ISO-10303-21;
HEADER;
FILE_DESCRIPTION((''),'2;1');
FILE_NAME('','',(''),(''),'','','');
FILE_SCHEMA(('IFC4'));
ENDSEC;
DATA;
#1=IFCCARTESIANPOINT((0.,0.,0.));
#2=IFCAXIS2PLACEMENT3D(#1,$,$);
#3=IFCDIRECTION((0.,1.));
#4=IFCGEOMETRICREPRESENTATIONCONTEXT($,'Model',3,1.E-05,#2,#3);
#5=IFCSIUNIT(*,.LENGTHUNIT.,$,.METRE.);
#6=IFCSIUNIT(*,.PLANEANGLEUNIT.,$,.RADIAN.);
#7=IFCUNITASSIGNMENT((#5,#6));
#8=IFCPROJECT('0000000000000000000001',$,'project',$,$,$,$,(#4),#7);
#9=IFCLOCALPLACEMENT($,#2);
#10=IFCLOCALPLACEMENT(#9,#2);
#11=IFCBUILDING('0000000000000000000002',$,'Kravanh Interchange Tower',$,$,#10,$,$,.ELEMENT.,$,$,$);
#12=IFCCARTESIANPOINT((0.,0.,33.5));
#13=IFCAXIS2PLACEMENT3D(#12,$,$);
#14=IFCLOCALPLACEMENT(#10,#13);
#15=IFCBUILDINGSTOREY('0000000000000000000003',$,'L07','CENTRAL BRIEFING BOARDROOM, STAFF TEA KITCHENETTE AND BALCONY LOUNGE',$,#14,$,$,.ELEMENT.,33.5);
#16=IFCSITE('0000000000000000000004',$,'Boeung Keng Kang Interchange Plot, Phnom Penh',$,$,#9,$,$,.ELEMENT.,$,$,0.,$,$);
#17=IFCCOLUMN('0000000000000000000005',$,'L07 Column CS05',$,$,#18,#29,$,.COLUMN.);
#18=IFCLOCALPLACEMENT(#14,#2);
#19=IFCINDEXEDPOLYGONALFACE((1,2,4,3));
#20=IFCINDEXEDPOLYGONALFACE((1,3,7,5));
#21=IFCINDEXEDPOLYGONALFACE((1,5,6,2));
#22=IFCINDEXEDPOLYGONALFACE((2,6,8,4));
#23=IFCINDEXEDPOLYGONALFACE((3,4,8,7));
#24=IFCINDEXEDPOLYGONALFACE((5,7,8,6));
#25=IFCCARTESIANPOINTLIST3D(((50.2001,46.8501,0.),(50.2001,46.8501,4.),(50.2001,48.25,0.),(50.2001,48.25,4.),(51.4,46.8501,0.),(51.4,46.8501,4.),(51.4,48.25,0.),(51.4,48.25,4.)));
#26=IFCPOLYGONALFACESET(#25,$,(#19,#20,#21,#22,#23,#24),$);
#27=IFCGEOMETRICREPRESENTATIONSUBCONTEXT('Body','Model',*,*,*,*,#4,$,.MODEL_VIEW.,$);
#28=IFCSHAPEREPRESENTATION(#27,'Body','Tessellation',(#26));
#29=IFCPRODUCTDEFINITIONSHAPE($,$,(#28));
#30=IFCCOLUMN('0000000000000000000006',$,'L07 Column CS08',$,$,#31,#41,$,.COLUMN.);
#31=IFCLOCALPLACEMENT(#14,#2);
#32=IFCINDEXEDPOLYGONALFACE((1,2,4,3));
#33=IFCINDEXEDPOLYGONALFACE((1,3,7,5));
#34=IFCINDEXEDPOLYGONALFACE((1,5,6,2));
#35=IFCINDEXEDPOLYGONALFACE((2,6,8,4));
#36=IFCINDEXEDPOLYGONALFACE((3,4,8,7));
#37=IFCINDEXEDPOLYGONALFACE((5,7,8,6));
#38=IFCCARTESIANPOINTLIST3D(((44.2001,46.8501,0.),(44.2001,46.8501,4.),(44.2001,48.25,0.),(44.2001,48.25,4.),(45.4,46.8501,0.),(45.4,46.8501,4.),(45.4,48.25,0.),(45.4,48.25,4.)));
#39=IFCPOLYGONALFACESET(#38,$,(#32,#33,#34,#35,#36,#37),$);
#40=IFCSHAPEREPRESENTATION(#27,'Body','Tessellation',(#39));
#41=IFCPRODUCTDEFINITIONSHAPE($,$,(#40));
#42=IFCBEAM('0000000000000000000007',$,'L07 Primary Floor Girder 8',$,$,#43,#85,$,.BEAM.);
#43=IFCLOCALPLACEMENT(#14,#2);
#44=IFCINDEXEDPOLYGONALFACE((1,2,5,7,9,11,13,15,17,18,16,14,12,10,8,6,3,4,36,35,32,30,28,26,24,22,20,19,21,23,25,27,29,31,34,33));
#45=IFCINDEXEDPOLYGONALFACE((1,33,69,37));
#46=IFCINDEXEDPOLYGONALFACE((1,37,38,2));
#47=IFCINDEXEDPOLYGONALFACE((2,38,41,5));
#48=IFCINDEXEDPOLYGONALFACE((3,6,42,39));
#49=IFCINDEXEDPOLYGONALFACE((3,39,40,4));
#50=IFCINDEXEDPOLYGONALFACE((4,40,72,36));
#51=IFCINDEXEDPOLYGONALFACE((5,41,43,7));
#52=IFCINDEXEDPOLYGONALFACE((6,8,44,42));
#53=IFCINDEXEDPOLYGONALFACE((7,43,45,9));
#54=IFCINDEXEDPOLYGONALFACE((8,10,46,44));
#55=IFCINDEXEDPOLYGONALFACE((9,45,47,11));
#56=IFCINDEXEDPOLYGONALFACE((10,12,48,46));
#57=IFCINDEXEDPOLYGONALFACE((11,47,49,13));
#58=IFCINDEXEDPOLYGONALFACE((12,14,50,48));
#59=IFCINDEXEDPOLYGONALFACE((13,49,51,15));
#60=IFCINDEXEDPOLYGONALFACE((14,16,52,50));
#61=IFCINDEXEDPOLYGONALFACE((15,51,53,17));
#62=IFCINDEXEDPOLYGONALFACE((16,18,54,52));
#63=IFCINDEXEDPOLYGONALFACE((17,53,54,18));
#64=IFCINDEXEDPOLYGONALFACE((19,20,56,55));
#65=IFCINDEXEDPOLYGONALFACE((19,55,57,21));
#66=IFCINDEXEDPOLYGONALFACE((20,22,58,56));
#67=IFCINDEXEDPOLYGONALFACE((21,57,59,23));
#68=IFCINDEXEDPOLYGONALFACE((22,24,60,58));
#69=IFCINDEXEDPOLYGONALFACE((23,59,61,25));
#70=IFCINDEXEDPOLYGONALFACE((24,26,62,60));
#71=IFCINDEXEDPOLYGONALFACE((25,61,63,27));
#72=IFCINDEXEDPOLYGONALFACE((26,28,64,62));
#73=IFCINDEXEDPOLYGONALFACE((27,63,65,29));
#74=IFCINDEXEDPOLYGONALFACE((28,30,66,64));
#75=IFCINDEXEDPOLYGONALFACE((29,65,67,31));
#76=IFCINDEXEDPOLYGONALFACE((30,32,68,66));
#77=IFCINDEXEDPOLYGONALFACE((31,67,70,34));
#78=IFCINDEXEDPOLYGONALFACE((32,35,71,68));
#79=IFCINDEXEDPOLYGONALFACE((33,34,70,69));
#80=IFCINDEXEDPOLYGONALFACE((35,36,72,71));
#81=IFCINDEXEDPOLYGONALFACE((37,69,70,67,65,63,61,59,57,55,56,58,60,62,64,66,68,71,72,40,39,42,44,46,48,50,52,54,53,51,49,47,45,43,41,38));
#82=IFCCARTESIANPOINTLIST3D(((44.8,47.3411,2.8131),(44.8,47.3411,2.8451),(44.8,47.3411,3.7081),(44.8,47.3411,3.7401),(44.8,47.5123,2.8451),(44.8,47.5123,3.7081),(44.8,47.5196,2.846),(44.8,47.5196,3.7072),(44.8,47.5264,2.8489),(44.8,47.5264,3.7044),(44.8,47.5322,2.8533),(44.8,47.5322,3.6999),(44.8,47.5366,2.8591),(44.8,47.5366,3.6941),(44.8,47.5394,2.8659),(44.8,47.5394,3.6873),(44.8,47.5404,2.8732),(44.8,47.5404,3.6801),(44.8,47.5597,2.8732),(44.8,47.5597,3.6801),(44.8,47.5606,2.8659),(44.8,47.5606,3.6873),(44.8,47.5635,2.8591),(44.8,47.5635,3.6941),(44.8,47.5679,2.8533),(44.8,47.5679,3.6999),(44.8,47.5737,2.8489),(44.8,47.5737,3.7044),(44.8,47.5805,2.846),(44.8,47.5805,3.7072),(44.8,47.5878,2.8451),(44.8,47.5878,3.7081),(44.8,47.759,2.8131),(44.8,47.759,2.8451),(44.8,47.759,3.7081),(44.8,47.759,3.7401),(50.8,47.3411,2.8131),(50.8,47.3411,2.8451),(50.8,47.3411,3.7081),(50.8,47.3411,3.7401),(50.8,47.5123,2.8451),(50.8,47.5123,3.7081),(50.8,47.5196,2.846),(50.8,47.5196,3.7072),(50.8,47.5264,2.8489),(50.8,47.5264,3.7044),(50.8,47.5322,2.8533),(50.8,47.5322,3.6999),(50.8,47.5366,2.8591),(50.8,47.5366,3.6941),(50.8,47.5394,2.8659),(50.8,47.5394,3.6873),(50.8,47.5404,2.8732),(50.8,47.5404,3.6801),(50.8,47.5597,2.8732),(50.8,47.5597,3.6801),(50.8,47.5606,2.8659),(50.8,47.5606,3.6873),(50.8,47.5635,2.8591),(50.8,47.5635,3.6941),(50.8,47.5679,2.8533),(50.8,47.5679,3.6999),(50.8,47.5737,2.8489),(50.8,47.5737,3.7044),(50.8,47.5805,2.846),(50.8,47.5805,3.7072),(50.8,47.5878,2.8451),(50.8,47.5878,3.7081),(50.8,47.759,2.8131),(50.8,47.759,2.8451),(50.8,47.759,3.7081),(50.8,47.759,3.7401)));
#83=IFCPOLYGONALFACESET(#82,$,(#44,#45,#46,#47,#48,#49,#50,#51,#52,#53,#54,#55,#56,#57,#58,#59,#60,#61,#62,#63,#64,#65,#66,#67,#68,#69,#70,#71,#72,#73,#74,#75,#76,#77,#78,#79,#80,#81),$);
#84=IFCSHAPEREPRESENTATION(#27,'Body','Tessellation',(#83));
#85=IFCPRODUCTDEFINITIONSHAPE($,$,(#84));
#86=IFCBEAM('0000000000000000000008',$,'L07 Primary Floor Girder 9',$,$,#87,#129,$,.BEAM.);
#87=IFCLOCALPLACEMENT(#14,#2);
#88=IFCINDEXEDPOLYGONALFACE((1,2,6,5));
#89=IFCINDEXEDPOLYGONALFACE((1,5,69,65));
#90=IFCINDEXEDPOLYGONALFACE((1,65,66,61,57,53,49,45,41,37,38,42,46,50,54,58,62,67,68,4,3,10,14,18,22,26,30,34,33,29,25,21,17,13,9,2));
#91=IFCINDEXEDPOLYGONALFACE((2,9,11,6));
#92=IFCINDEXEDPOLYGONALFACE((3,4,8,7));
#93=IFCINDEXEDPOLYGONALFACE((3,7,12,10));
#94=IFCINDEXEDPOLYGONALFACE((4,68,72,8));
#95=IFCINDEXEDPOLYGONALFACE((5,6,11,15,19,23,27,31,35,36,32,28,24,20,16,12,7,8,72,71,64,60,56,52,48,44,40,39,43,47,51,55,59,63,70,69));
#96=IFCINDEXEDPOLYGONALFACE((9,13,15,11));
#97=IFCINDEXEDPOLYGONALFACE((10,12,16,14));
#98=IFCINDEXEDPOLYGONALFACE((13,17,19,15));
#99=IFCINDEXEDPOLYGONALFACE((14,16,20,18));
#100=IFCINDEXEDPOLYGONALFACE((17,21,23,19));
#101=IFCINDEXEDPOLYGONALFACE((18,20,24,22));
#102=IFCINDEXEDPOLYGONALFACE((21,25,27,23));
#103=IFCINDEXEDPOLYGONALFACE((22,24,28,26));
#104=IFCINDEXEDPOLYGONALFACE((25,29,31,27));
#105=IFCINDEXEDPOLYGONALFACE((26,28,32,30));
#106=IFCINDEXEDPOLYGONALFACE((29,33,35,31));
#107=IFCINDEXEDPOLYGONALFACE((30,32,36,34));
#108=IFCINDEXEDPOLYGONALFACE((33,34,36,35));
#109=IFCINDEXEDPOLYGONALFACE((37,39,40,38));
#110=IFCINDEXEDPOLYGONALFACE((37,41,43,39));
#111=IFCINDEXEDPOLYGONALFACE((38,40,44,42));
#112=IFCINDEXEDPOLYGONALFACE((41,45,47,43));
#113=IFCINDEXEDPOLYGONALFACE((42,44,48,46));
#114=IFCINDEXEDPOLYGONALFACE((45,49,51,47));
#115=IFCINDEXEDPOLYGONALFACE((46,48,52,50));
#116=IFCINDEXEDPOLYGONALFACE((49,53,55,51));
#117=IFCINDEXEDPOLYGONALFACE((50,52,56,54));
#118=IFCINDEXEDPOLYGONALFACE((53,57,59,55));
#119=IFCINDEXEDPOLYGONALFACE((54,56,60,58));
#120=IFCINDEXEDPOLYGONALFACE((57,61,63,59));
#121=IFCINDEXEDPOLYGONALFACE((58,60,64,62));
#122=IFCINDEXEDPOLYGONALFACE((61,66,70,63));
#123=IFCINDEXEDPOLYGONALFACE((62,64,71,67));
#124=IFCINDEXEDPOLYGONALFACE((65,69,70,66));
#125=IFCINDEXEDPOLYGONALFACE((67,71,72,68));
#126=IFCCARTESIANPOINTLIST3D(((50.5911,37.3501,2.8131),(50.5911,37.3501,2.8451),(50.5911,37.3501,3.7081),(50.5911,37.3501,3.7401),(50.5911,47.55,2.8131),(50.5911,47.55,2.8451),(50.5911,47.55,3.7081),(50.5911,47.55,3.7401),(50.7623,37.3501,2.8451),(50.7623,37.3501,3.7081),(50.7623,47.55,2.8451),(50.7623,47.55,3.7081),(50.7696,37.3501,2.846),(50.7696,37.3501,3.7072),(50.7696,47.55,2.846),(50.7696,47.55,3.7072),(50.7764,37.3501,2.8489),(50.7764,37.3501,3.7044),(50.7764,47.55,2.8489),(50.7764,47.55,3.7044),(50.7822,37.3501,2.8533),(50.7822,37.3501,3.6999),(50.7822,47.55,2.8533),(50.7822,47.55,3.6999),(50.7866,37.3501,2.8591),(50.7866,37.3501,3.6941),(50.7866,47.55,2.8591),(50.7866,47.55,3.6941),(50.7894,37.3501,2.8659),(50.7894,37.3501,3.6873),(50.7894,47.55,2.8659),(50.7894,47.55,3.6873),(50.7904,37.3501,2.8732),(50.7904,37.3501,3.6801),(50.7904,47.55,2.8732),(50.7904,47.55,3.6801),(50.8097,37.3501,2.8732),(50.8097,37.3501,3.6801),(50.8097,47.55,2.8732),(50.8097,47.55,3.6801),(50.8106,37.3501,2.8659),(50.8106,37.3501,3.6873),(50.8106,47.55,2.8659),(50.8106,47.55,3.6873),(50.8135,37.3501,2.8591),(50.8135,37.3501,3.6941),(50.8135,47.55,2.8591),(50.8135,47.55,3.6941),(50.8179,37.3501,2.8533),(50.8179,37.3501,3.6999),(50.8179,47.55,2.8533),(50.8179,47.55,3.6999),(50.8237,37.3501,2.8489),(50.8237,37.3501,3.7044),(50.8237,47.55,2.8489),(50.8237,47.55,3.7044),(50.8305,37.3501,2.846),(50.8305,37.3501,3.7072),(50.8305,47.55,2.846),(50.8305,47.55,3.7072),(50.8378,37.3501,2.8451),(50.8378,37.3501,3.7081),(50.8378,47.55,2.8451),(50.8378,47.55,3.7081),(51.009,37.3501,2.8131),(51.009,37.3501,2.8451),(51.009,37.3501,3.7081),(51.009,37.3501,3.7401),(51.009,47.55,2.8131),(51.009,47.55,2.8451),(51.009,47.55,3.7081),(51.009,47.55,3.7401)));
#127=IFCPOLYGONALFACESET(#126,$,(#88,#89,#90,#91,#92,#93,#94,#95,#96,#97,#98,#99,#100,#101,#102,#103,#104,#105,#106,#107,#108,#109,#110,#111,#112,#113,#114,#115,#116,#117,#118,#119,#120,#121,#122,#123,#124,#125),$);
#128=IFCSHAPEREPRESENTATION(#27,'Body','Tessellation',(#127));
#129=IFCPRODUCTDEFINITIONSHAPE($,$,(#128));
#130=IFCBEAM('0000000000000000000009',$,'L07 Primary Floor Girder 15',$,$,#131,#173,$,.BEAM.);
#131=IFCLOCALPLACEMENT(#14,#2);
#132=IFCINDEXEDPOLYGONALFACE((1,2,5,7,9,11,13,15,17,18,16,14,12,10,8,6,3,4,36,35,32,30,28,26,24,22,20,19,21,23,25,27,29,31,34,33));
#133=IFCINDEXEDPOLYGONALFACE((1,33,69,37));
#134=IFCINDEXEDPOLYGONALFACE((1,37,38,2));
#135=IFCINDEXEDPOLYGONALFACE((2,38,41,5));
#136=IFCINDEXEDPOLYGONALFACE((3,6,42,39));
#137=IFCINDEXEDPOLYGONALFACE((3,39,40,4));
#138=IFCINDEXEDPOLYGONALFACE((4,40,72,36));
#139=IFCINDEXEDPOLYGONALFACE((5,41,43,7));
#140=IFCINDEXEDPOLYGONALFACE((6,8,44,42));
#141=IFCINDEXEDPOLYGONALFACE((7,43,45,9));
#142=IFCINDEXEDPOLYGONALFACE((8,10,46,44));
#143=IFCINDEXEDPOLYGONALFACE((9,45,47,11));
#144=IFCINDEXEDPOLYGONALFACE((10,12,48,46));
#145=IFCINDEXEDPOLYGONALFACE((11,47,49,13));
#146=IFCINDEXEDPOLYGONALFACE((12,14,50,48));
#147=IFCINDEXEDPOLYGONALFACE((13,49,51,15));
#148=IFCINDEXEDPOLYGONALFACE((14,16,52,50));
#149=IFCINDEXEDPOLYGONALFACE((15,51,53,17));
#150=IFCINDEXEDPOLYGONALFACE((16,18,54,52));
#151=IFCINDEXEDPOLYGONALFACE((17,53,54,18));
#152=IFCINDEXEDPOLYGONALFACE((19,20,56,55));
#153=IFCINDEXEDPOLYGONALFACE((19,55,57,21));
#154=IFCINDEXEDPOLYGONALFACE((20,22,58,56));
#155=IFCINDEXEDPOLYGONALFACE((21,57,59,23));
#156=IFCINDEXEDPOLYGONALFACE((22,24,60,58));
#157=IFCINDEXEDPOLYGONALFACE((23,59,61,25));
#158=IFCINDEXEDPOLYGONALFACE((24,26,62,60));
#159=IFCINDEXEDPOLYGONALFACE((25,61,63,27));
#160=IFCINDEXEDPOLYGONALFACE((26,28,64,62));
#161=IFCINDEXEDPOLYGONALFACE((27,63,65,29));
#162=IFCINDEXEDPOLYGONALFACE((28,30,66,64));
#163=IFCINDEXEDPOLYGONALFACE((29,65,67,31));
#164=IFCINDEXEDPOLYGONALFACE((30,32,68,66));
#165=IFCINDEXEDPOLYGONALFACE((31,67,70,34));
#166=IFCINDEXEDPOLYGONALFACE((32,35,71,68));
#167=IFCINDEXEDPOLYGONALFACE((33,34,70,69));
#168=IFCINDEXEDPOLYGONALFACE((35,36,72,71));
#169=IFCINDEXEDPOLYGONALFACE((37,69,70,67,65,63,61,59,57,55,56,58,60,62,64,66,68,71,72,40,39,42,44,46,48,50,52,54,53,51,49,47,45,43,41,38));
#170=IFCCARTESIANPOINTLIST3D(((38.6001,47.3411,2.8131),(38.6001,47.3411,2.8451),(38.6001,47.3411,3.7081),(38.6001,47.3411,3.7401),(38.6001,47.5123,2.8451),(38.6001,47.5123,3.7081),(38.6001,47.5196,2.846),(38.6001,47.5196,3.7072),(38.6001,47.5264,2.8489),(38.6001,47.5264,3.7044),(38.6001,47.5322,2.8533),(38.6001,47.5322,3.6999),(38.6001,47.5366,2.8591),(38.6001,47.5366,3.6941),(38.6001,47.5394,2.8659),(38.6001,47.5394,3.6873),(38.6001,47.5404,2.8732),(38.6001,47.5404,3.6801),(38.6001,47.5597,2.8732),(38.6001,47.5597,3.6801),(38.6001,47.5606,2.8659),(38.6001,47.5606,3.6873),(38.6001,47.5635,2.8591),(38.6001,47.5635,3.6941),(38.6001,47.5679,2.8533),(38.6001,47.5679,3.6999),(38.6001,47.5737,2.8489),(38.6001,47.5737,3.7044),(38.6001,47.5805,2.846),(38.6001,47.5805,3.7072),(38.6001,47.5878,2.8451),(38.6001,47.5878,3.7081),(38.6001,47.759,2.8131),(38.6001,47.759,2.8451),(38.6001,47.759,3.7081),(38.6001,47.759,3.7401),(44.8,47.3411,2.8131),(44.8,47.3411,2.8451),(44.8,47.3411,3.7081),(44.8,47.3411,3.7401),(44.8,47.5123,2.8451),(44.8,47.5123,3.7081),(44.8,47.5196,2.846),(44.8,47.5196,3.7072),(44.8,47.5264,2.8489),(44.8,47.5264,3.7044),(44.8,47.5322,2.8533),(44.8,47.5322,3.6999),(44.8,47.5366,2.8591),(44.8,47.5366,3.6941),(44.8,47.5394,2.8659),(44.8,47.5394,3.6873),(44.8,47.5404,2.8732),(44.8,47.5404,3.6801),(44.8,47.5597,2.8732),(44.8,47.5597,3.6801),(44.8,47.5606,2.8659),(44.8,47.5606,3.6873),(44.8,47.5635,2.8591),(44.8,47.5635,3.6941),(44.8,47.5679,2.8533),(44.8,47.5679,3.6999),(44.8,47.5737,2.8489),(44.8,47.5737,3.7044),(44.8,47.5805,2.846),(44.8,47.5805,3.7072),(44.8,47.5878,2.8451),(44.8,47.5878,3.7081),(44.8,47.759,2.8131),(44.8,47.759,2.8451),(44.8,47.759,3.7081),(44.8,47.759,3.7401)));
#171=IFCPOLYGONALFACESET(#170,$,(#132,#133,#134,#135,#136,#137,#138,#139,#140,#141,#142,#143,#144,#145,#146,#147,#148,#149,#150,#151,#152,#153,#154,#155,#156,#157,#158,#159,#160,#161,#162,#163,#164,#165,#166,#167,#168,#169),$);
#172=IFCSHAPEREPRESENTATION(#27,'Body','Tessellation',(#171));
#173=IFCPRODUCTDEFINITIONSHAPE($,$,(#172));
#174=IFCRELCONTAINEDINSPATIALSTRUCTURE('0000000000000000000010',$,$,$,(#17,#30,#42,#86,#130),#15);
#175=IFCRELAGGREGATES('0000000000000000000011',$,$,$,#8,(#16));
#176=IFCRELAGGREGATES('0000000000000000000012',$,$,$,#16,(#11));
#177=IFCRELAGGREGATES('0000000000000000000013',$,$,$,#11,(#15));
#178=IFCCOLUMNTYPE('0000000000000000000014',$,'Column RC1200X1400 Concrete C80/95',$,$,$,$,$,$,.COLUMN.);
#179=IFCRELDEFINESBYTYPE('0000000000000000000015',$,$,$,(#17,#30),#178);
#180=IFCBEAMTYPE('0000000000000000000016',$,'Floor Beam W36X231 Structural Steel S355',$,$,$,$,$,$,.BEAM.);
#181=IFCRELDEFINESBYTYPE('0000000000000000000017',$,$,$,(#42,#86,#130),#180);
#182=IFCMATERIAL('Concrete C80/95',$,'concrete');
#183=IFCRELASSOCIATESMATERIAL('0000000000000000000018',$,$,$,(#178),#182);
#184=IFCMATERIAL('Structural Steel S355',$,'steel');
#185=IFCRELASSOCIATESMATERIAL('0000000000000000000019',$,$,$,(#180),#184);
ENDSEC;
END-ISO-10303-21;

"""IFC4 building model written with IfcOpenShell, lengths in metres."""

from ifc_helpers import new_model, si_unit, direction, frame, origin, origin_2d, place, context, subcontext, project, spatial, rectangle, i_section, extrude, material, material_profile, profile_set, type_object, element, save


model = new_model("IFC4")

# Units and contexts
model_context = context("Model", 3, precision=1e-05, world=origin(), true_north=direction((0.0, 1.0)))
body_context = subcontext(model_context, "Body", "Model", "MODEL_VIEW")
ifc_project = project(units=[si_unit("LENGTHUNIT", "METRE"), si_unit("PLANEANGLEUNIT", "RADIAN")], contexts=[model_context])

# Site, building, storey
site_placement = place(None, origin())
site = spatial("IfcSite", under=ifc_project, at=site_placement, Name="Boeung Keng Kang Interchange Plot, Phnom Penh", CompositionType="ELEMENT", RefElevation=0.0)
building_placement = place(site_placement, origin())
building = spatial("IfcBuilding", under=site, at=building_placement, Name="Kravanh Interchange Tower", CompositionType="ELEMENT")
storey_placement = place(building_placement, frame((0.0, 0.0, 33.5)))
storey = spatial("IfcBuildingStorey", under=building, at=storey_placement, Name="L07", Description="CENTRAL BRIEFING BOARDROOM, STAFF TEA KITCHENETTE AND BALCONY LOUNGE", CompositionType="ELEMENT", Elevation=33.5)

# Columns
ifc_material_1 = material(Name="Concrete C80/95", Category="concrete")
ifc_material_profile_1 = material_profile(ifc_material_1, rectangle(XDim=1.2, YDim=1.3999, at=origin_2d()), Name="RC1200X1400")
ifc_profile_set_1 = profile_set([ifc_material_profile_1], Name="Concrete C80/95")
column_type = type_object("IfcColumnType", Name="Column RC1200X1400 Concrete C80/95", PredefinedType="COLUMN", material=ifc_profile_set_1)
for number, where, z_axis, x_axis, name in (
    (1, (50.8, 47.55, 0.0), (0.0, 0.0, 1.0), (1.0, 0.0, 0.0), "L07 Column CS05"),
    (2, (44.8, 47.55, 0.0), (0.0, 0.0, 1.0), (1.0, 0.0, 0.0), "L07 Column CS08"),
):
    element("IfcColumn", number, at=place(storey_placement, frame(where, z_axis=z_axis, x_axis=x_axis)), inside=storey, type_object=column_type, Name=name, PredefinedType="COLUMN", context=body_context, shape_type="SweptSolid", body=[
        extrude(rectangle(XDim=1.2, YDim=1.3999, at=origin_2d()), origin(), (0.0, 0.0, 1.0), 4.0),
    ])

# Beams
ifc_material_2 = material(Name="Structural Steel S355", Category="steel")
ifc_material_profile_2 = material_profile(ifc_material_2, i_section(OverallWidth=0.418, OverallDepth=0.927, WebThickness=0.0193, FlangeThickness=0.032, FilletRadius=0.0281, at=origin_2d()), Name="W36X231")
ifc_profile_set_2 = profile_set([ifc_material_profile_2], Name="Structural Steel S355")
beam_type = type_object("IfcBeamType", Name="Floor Beam W36X231 Structural Steel S355", PredefinedType="BEAM", material=ifc_profile_set_2)
beam_1_placement = place(storey_placement, frame((50.8, 47.55, 3.2766), z_axis=(-1.0, 0.0, 0.0), x_axis=(0.0, -1.0, 0.0)))
element("IfcBeam", 3, at=beam_1_placement, inside=storey, type_object=beam_type, Name="L07 Primary Floor Girder 8", PredefinedType="BEAM", context=body_context, shape_type="SweptSolid", body=[
    extrude(i_section(OverallWidth=0.418, OverallDepth=0.927, WebThickness=0.0193, FlangeThickness=0.032, FilletRadius=0.0281, at=origin_2d()), origin(), (0.0, 0.0, 1.0), 6.0),
])
beam_2_placement = place(storey_placement, frame((50.8, 47.55, 3.2766), z_axis=(0.0, -1.0, 0.0), x_axis=(1.0, 0.0, 0.0)))
element("IfcBeam", 4, at=beam_2_placement, inside=storey, type_object=beam_type, Name="L07 Primary Floor Girder 9", PredefinedType="BEAM", context=body_context, shape_type="SweptSolid", body=[
    extrude(i_section(OverallWidth=0.418, OverallDepth=0.927, WebThickness=0.0193, FlangeThickness=0.032, FilletRadius=0.0281, at=origin_2d()), origin(), (0.0, 0.0, 1.0), 10.2),
])
beam_3_placement = place(storey_placement, frame((44.8, 47.55, 3.2766), z_axis=(-1.0, 0.0, 0.0), x_axis=(0.0, -1.0, 0.0)))
element("IfcBeam", 5, at=beam_3_placement, inside=storey, type_object=beam_type, Name="L07 Primary Floor Girder 15", PredefinedType="BEAM", context=body_context, shape_type="SweptSolid", body=[
    extrude(i_section(OverallWidth=0.418, OverallDepth=0.927, WebThickness=0.0193, FlangeThickness=0.032, FilletRadius=0.0281, at=origin_2d()), origin(), (0.0, 0.0, 1.0), 6.2),
])

save(model, "model.ifc")
